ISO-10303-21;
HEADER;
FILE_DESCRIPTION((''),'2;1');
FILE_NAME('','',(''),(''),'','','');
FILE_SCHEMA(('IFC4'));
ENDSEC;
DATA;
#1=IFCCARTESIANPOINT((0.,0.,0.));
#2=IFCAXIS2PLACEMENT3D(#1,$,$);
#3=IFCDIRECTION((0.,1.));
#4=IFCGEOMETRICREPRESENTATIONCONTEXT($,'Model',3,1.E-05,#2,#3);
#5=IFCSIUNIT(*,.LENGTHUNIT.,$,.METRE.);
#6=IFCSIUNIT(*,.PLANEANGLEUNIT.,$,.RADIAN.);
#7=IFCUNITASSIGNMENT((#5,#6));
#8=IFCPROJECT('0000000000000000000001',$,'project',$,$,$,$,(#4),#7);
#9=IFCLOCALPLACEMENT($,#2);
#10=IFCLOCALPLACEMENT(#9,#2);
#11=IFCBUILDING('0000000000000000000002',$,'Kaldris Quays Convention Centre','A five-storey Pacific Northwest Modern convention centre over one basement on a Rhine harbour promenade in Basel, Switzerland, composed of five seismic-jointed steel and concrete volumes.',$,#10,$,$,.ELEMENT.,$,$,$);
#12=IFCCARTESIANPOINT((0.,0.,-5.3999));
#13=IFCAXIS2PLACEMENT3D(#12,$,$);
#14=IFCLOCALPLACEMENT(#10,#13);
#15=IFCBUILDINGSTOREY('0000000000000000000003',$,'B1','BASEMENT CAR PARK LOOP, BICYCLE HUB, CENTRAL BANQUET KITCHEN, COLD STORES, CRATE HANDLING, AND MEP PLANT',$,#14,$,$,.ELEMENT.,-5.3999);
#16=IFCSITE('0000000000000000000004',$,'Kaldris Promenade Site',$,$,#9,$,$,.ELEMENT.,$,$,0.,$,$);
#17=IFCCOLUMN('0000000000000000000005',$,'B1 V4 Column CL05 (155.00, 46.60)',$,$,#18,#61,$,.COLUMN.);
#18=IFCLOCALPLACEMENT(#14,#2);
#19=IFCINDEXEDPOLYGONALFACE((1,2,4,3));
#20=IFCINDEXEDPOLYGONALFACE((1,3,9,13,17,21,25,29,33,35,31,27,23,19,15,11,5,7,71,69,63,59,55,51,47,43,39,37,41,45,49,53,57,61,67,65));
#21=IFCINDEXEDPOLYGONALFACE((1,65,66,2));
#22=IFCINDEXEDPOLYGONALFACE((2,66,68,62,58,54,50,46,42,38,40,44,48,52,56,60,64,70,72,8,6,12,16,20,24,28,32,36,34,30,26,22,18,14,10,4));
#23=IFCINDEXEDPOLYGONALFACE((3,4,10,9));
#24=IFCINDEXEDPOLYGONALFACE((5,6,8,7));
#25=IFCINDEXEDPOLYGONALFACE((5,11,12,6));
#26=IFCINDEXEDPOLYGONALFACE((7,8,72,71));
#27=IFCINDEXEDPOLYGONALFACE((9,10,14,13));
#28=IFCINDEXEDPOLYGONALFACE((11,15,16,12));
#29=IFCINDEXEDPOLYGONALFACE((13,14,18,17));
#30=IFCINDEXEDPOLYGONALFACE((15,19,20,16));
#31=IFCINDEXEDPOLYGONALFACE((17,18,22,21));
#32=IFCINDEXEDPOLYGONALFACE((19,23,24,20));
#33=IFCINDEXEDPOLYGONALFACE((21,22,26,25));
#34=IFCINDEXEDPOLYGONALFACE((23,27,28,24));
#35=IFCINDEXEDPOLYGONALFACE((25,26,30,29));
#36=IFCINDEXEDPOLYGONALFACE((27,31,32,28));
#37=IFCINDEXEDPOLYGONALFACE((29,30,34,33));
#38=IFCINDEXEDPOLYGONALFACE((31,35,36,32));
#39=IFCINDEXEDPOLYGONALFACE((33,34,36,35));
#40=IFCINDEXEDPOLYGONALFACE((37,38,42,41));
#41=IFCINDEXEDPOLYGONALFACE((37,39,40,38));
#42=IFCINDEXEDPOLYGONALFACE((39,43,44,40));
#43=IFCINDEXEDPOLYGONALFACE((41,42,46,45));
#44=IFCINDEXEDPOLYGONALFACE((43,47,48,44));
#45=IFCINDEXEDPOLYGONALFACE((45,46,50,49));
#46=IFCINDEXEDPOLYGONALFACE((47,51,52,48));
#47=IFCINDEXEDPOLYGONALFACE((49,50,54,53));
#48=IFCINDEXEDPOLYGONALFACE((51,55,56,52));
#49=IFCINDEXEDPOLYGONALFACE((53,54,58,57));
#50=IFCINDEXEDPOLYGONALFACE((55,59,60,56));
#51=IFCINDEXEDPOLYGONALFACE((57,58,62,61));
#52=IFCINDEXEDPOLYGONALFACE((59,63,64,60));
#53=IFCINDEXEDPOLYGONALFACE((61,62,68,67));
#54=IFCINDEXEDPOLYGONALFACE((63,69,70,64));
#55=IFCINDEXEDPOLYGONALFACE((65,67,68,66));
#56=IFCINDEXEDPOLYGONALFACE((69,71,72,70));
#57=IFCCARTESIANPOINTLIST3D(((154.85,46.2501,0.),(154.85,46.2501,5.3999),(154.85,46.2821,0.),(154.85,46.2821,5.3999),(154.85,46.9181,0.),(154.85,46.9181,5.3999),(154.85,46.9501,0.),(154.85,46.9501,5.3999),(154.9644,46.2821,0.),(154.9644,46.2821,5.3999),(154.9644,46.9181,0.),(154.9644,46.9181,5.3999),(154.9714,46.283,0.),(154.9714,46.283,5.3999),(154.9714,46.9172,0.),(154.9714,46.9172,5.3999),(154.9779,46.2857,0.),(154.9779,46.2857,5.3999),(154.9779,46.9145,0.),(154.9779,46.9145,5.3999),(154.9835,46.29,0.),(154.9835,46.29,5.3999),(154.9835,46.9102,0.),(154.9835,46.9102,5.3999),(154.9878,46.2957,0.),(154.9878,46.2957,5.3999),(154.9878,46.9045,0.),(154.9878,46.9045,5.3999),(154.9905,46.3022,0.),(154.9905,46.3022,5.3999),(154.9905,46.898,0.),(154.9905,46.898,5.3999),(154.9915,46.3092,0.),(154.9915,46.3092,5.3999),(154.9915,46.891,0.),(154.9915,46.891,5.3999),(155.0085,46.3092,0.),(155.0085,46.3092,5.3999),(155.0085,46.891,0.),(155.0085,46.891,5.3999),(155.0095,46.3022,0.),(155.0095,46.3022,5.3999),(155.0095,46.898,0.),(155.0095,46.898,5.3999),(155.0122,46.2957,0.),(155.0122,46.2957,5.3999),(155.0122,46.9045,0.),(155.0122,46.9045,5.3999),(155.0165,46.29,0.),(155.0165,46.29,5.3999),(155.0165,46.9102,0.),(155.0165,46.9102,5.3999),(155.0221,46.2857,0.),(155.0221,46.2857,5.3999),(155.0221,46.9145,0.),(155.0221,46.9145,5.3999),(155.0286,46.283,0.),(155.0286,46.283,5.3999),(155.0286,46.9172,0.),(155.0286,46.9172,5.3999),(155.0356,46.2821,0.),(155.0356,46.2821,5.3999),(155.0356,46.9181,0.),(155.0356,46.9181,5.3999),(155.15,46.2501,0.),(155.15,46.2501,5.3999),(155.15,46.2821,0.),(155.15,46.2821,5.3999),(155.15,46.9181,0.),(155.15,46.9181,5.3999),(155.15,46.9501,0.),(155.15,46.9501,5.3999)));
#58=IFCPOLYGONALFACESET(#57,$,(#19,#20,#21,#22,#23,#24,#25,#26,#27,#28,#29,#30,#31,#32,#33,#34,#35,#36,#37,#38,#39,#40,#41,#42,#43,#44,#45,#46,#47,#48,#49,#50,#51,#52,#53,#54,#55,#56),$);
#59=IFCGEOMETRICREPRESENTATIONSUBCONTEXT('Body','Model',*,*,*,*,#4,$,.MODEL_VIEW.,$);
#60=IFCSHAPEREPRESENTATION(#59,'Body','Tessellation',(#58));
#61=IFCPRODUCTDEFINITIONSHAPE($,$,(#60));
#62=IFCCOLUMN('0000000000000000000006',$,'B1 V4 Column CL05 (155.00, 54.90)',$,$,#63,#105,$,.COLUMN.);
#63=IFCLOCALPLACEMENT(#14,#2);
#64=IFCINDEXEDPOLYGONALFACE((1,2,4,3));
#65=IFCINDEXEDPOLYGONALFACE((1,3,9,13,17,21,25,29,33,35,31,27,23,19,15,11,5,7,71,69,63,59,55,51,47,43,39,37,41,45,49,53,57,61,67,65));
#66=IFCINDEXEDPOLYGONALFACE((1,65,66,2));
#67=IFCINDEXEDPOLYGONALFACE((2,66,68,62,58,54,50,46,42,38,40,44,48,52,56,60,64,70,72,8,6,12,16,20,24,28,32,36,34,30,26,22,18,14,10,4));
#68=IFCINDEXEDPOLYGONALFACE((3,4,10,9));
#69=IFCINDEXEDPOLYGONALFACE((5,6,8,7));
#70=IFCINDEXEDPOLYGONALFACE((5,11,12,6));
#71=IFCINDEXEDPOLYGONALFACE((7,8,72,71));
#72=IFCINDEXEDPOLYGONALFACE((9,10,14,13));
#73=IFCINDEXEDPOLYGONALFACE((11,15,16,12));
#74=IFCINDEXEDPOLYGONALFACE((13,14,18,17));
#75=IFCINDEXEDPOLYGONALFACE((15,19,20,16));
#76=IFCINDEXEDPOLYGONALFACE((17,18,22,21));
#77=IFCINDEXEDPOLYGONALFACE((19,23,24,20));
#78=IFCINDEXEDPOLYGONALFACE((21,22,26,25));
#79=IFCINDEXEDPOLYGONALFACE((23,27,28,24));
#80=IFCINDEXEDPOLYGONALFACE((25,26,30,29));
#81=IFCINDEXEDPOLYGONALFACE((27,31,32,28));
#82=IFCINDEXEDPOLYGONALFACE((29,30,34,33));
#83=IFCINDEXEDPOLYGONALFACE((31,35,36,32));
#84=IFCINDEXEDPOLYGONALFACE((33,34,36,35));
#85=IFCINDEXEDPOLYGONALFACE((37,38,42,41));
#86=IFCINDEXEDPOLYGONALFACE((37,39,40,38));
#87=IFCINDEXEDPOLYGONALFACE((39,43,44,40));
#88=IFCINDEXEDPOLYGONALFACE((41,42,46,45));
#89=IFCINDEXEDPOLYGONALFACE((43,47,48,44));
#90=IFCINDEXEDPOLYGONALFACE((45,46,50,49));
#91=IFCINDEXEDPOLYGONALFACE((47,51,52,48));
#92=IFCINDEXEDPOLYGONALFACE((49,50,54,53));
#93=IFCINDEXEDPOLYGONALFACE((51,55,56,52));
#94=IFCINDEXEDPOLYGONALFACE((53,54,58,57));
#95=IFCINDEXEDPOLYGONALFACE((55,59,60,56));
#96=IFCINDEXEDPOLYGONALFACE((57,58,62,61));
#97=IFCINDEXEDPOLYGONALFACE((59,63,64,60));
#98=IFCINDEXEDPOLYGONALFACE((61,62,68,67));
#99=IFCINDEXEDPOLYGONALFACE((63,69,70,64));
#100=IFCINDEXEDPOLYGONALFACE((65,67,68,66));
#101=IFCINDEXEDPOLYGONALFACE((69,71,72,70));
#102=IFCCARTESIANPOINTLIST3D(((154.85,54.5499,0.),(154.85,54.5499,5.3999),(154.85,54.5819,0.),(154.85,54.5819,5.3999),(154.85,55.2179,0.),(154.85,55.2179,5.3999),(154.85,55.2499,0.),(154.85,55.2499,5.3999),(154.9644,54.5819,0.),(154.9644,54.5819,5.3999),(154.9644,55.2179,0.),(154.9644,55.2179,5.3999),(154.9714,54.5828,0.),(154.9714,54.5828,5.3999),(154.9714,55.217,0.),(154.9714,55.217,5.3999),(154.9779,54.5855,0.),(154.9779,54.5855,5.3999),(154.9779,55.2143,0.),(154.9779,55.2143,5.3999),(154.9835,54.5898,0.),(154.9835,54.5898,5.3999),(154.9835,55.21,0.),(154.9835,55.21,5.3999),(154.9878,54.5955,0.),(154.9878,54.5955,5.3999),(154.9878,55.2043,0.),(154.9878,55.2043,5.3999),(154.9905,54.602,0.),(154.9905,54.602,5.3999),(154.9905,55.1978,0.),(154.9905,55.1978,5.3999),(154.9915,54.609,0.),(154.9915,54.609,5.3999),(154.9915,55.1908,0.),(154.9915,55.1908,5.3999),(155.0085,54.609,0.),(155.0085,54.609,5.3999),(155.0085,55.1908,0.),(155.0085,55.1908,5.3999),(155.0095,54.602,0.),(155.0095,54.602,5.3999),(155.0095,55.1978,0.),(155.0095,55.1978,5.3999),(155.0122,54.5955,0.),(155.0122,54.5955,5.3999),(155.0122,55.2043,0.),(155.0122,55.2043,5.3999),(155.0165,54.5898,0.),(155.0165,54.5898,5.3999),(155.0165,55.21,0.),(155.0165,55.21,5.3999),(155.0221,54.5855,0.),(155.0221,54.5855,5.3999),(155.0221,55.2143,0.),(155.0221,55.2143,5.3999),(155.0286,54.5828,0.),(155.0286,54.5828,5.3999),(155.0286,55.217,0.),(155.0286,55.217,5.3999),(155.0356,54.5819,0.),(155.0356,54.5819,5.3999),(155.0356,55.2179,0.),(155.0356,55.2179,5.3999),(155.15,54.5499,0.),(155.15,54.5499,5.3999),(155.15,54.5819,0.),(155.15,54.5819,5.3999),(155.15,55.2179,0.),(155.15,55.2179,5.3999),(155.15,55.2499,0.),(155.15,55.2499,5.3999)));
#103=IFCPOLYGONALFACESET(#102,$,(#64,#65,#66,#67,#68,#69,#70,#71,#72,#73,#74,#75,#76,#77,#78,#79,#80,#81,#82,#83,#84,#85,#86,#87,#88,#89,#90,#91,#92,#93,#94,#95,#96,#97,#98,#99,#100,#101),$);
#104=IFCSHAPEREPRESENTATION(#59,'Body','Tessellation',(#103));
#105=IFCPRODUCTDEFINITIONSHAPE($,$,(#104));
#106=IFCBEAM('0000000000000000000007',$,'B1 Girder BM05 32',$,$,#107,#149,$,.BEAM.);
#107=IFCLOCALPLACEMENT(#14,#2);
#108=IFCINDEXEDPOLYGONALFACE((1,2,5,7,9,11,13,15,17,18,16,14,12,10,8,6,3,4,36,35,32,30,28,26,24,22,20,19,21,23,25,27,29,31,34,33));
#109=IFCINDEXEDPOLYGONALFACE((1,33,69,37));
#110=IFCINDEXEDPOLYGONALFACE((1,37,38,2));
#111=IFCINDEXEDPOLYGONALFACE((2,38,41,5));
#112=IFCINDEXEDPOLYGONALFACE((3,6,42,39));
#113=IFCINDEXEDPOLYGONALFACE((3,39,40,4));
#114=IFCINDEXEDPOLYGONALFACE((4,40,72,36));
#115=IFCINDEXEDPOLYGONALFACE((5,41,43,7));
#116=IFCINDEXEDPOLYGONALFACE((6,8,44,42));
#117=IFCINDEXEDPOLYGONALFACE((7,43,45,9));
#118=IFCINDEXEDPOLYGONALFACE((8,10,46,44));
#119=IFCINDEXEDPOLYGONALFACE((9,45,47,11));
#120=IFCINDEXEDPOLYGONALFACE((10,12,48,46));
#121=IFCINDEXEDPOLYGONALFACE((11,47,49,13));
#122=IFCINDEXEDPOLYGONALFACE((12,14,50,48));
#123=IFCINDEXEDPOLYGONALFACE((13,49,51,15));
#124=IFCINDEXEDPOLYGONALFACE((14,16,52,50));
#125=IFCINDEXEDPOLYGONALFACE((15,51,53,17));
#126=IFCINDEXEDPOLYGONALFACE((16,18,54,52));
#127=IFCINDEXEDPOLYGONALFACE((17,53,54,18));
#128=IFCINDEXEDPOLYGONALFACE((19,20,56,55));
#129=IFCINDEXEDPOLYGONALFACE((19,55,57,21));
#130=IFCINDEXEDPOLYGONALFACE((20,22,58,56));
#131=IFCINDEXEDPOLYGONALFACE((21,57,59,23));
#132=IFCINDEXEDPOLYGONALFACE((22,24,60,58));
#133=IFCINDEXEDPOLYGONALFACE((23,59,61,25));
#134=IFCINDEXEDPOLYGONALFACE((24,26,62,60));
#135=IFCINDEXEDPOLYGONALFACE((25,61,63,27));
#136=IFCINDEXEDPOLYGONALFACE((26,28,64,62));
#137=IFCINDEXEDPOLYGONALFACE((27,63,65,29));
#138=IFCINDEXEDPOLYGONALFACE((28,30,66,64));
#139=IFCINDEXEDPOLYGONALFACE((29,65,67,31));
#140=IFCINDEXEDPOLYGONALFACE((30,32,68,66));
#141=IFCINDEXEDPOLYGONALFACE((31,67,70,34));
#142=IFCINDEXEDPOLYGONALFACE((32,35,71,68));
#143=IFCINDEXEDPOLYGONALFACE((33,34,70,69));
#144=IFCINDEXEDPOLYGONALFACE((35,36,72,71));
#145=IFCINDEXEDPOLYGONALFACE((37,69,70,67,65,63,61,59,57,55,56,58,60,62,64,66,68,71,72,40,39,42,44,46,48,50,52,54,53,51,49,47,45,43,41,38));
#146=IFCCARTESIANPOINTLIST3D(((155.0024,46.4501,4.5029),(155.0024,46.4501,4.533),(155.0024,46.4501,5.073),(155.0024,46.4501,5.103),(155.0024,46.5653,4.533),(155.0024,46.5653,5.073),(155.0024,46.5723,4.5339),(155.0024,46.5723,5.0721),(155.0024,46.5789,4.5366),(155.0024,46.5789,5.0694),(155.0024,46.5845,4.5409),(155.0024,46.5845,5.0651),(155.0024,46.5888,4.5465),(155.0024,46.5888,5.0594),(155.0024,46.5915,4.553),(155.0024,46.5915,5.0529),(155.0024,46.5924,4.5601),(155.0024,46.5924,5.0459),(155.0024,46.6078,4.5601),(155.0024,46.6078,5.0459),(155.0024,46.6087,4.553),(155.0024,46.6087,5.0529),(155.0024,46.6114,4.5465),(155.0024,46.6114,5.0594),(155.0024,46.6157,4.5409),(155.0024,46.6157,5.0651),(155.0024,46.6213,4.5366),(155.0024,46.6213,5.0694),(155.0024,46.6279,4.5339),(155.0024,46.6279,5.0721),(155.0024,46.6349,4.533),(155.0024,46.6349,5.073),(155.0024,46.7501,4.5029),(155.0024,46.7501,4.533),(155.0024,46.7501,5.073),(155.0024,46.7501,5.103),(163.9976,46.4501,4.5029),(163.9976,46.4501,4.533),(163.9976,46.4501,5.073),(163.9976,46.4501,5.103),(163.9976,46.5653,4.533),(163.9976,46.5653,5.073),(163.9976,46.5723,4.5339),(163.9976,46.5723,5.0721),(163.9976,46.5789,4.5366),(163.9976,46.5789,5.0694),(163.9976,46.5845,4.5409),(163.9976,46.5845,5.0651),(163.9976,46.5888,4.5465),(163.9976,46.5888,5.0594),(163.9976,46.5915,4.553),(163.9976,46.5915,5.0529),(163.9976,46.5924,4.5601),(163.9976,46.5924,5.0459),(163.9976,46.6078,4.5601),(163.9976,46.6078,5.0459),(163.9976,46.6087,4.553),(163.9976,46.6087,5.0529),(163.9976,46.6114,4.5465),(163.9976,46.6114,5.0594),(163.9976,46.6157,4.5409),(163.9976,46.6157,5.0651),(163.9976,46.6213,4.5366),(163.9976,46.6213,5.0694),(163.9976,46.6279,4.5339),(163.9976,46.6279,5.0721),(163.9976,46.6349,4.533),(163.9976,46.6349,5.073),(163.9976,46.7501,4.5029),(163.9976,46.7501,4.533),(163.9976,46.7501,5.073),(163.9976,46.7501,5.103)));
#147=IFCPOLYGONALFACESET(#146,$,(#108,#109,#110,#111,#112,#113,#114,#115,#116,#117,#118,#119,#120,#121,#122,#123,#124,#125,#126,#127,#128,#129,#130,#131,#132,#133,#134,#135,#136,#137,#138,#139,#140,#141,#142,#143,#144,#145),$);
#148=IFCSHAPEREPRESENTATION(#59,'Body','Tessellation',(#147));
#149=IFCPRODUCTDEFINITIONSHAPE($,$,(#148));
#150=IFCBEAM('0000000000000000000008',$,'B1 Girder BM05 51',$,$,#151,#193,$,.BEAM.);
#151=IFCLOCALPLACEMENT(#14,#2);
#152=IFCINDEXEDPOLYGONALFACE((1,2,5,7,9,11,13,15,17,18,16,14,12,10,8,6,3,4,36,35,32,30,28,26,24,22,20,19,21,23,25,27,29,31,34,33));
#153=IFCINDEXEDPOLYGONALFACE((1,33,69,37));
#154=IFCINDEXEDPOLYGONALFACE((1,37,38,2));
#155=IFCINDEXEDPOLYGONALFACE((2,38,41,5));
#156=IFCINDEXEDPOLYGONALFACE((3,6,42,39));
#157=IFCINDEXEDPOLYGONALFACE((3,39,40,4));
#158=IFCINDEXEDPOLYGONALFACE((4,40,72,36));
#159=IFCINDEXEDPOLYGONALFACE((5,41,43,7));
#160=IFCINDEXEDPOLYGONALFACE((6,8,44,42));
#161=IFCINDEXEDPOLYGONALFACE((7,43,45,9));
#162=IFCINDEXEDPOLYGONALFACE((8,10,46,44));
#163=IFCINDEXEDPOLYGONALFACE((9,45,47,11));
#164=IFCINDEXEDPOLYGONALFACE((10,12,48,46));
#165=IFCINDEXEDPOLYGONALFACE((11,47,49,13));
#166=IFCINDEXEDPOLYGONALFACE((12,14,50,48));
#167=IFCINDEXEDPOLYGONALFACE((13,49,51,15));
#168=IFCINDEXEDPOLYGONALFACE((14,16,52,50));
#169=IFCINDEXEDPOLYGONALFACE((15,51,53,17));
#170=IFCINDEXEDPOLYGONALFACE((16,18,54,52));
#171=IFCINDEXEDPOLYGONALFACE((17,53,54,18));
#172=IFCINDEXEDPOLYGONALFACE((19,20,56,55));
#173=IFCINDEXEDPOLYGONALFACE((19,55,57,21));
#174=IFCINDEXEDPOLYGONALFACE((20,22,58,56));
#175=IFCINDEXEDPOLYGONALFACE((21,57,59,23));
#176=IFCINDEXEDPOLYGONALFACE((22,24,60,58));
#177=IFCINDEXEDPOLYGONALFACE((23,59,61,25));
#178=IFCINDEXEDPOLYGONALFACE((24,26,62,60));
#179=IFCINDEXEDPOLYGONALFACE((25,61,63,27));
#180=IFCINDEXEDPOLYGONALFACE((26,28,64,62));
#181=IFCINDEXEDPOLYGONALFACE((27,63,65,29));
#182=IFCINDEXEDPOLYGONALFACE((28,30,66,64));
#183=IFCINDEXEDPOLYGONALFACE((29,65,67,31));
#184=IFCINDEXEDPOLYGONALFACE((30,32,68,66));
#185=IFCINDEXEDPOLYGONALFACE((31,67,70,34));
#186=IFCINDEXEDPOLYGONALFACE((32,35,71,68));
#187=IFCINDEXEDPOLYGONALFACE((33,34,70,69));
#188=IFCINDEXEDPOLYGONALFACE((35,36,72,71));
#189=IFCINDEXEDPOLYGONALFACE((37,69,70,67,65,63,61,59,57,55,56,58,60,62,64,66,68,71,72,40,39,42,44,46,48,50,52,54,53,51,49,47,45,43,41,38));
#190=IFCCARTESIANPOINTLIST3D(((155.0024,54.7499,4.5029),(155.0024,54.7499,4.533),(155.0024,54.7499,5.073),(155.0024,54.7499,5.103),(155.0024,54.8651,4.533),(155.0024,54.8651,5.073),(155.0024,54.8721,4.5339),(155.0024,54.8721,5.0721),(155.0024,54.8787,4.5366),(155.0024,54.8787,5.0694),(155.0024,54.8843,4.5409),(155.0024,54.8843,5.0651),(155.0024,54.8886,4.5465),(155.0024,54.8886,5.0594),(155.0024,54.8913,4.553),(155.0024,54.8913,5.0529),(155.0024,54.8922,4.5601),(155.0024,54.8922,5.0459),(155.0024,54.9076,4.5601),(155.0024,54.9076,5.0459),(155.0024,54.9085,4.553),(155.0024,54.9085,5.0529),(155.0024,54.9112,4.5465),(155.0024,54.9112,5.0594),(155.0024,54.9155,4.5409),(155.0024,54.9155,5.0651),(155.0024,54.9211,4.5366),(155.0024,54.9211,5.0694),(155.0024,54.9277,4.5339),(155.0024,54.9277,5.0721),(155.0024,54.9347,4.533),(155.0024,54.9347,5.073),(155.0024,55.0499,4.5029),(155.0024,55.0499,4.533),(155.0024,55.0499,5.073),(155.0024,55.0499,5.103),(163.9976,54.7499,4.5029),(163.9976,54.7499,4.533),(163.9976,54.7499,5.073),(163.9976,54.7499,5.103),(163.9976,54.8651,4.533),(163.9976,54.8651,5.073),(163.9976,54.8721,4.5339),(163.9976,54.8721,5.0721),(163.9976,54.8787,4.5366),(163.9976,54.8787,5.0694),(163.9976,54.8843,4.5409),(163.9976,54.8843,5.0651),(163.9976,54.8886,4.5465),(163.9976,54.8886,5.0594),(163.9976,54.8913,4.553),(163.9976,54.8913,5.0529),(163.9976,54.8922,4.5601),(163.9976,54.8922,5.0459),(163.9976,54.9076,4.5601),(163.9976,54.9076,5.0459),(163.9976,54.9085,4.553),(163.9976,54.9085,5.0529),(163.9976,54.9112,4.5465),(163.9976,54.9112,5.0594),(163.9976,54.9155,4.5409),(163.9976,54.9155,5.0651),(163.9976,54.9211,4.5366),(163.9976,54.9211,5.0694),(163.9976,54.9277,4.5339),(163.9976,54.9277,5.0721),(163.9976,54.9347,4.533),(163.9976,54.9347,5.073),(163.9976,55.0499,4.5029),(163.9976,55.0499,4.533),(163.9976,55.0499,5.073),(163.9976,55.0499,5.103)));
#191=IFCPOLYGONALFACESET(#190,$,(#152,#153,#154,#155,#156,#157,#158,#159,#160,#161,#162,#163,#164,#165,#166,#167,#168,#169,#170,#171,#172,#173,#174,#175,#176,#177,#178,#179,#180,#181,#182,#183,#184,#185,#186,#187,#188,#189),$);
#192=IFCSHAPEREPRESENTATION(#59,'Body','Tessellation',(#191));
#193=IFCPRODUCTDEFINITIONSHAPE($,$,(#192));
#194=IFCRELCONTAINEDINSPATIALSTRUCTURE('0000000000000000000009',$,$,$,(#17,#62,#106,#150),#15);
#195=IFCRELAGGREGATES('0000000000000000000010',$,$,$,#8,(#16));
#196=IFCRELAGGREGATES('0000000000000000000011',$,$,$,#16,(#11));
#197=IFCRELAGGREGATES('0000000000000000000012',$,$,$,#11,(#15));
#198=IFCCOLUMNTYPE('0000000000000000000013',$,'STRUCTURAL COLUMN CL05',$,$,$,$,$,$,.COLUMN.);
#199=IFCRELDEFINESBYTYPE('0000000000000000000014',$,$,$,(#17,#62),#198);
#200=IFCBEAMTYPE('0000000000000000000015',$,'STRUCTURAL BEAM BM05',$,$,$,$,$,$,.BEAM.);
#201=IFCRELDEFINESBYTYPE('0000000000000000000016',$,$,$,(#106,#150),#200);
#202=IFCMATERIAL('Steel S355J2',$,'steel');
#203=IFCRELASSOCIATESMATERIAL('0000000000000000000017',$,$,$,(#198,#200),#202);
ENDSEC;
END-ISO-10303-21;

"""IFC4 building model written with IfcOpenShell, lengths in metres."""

from ifc_helpers import new_model, si_unit, direction, frame, origin, origin_2d, place, context, subcontext, project, spatial, i_section, extrude, material, material_profile, profile_set, type_object, element, save


model = new_model("IFC4")

# Units and contexts
model_context = context("Model", 3, precision=1e-05, world=origin(), true_north=direction((0.0, 1.0)))
body_context = subcontext(model_context, "Body", "Model", "MODEL_VIEW")
ifc_project = project(units=[si_unit("LENGTHUNIT", "METRE"), si_unit("PLANEANGLEUNIT", "RADIAN")], contexts=[model_context])

# Site, building, storey
site_placement = place(None, origin())
site = spatial("IfcSite", under=ifc_project, at=site_placement, Name="Kaldris Promenade Site", CompositionType="ELEMENT", RefElevation=0.0)
building_placement = place(site_placement, origin())
building = spatial("IfcBuilding", under=site, at=building_placement, Name="Kaldris Quays Convention Centre", Description="A five-storey Pacific Northwest Modern convention centre over one basement on a Rhine harbour promenade in Basel, Switzerland, composed of five seismic-jointed steel and concrete volumes.", CompositionType="ELEMENT")
storey_placement = place(building_placement, frame((0.0, 0.0, -5.3999)))
storey = spatial("IfcBuildingStorey", under=building, at=storey_placement, Name="B1", Description="BASEMENT CAR PARK LOOP, BICYCLE HUB, CENTRAL BANQUET KITCHEN, COLD STORES, CRATE HANDLING, AND MEP PLANT", CompositionType="ELEMENT", Elevation=-5.3999)

# Columns
ifc_material_1 = material(Name="Steel S355J2", Category="steel")
ifc_material_profile_1 = material_profile(ifc_material_1, i_section(OverallWidth=0.3, OverallDepth=0.7, WebThickness=0.0171, FlangeThickness=0.032, FilletRadius=0.0271, at=origin_2d()), Name="HEB 700")
ifc_profile_set_1 = profile_set([ifc_material_profile_1], Name="Steel S355J2")
column_type = type_object("IfcColumnType", Name="STRUCTURAL COLUMN CL05", PredefinedType="COLUMN", material=ifc_profile_set_1)
for number, where, z_axis, x_axis, name in (
    (1, (155.0, 46.6001, 0.0), (0.0, 0.0, 1.0), (1.0, 0.0, 0.0), "B1 V4 Column CL05 (155.00, 46.60)"),
    (2, (155.0, 54.8999, 0.0), (0.0, 0.0, 1.0), (1.0, 0.0, 0.0), "B1 V4 Column CL05 (155.00, 54.90)"),
):
    element("IfcColumn", number, at=place(storey_placement, frame(where, z_axis=z_axis, x_axis=x_axis)), inside=storey, type_object=column_type, Name=name, PredefinedType="COLUMN", context=body_context, shape_type="SweptSolid", body=[
        extrude(i_section(OverallWidth=0.3, OverallDepth=0.7, WebThickness=0.0171, FlangeThickness=0.032, FilletRadius=0.0271, at=origin_2d()), origin(), (0.0, 0.0, 1.0), 5.3999),
    ])

# Beams
ifc_material_profile_2 = material_profile(ifc_material_1, i_section(OverallWidth=0.3, OverallDepth=0.6001, WebThickness=0.0154, FlangeThickness=0.03, FilletRadius=0.0271, at=origin_2d()), Name="HEB 600")
ifc_profile_set_2 = profile_set([ifc_material_profile_2], Name="Steel S355J2")
beam_type_1 = type_object("IfcBeamType", Name="STRUCTURAL BEAM BM05", PredefinedType="BEAM", material=ifc_profile_set_2)
for number, where, z_axis, x_axis, name in (
    (3, (155.0024, 46.6001, 4.803), (1.0, 0.0, 0.0), (0.0, 1.0, 0.0), "B1 Girder BM05 32"),
    (4, (155.0024, 54.8999, 4.803), (1.0, 0.0, 0.0), (0.0, 1.0, 0.0), "B1 Girder BM05 51"),
):
    element("IfcBeam", number, at=place(storey_placement, frame(where, z_axis=z_axis, x_axis=x_axis)), inside=storey, type_object=beam_type_1, Name=name, PredefinedType="BEAM", context=body_context, shape_type="SweptSolid", body=[
        extrude(i_section(OverallWidth=0.3, OverallDepth=0.6001, WebThickness=0.0154, FlangeThickness=0.03, FilletRadius=0.0271, at=origin_2d()), origin(), (0.0, 0.0, 1.0), 8.9951),
    ])

save(model, "model.ifc")
